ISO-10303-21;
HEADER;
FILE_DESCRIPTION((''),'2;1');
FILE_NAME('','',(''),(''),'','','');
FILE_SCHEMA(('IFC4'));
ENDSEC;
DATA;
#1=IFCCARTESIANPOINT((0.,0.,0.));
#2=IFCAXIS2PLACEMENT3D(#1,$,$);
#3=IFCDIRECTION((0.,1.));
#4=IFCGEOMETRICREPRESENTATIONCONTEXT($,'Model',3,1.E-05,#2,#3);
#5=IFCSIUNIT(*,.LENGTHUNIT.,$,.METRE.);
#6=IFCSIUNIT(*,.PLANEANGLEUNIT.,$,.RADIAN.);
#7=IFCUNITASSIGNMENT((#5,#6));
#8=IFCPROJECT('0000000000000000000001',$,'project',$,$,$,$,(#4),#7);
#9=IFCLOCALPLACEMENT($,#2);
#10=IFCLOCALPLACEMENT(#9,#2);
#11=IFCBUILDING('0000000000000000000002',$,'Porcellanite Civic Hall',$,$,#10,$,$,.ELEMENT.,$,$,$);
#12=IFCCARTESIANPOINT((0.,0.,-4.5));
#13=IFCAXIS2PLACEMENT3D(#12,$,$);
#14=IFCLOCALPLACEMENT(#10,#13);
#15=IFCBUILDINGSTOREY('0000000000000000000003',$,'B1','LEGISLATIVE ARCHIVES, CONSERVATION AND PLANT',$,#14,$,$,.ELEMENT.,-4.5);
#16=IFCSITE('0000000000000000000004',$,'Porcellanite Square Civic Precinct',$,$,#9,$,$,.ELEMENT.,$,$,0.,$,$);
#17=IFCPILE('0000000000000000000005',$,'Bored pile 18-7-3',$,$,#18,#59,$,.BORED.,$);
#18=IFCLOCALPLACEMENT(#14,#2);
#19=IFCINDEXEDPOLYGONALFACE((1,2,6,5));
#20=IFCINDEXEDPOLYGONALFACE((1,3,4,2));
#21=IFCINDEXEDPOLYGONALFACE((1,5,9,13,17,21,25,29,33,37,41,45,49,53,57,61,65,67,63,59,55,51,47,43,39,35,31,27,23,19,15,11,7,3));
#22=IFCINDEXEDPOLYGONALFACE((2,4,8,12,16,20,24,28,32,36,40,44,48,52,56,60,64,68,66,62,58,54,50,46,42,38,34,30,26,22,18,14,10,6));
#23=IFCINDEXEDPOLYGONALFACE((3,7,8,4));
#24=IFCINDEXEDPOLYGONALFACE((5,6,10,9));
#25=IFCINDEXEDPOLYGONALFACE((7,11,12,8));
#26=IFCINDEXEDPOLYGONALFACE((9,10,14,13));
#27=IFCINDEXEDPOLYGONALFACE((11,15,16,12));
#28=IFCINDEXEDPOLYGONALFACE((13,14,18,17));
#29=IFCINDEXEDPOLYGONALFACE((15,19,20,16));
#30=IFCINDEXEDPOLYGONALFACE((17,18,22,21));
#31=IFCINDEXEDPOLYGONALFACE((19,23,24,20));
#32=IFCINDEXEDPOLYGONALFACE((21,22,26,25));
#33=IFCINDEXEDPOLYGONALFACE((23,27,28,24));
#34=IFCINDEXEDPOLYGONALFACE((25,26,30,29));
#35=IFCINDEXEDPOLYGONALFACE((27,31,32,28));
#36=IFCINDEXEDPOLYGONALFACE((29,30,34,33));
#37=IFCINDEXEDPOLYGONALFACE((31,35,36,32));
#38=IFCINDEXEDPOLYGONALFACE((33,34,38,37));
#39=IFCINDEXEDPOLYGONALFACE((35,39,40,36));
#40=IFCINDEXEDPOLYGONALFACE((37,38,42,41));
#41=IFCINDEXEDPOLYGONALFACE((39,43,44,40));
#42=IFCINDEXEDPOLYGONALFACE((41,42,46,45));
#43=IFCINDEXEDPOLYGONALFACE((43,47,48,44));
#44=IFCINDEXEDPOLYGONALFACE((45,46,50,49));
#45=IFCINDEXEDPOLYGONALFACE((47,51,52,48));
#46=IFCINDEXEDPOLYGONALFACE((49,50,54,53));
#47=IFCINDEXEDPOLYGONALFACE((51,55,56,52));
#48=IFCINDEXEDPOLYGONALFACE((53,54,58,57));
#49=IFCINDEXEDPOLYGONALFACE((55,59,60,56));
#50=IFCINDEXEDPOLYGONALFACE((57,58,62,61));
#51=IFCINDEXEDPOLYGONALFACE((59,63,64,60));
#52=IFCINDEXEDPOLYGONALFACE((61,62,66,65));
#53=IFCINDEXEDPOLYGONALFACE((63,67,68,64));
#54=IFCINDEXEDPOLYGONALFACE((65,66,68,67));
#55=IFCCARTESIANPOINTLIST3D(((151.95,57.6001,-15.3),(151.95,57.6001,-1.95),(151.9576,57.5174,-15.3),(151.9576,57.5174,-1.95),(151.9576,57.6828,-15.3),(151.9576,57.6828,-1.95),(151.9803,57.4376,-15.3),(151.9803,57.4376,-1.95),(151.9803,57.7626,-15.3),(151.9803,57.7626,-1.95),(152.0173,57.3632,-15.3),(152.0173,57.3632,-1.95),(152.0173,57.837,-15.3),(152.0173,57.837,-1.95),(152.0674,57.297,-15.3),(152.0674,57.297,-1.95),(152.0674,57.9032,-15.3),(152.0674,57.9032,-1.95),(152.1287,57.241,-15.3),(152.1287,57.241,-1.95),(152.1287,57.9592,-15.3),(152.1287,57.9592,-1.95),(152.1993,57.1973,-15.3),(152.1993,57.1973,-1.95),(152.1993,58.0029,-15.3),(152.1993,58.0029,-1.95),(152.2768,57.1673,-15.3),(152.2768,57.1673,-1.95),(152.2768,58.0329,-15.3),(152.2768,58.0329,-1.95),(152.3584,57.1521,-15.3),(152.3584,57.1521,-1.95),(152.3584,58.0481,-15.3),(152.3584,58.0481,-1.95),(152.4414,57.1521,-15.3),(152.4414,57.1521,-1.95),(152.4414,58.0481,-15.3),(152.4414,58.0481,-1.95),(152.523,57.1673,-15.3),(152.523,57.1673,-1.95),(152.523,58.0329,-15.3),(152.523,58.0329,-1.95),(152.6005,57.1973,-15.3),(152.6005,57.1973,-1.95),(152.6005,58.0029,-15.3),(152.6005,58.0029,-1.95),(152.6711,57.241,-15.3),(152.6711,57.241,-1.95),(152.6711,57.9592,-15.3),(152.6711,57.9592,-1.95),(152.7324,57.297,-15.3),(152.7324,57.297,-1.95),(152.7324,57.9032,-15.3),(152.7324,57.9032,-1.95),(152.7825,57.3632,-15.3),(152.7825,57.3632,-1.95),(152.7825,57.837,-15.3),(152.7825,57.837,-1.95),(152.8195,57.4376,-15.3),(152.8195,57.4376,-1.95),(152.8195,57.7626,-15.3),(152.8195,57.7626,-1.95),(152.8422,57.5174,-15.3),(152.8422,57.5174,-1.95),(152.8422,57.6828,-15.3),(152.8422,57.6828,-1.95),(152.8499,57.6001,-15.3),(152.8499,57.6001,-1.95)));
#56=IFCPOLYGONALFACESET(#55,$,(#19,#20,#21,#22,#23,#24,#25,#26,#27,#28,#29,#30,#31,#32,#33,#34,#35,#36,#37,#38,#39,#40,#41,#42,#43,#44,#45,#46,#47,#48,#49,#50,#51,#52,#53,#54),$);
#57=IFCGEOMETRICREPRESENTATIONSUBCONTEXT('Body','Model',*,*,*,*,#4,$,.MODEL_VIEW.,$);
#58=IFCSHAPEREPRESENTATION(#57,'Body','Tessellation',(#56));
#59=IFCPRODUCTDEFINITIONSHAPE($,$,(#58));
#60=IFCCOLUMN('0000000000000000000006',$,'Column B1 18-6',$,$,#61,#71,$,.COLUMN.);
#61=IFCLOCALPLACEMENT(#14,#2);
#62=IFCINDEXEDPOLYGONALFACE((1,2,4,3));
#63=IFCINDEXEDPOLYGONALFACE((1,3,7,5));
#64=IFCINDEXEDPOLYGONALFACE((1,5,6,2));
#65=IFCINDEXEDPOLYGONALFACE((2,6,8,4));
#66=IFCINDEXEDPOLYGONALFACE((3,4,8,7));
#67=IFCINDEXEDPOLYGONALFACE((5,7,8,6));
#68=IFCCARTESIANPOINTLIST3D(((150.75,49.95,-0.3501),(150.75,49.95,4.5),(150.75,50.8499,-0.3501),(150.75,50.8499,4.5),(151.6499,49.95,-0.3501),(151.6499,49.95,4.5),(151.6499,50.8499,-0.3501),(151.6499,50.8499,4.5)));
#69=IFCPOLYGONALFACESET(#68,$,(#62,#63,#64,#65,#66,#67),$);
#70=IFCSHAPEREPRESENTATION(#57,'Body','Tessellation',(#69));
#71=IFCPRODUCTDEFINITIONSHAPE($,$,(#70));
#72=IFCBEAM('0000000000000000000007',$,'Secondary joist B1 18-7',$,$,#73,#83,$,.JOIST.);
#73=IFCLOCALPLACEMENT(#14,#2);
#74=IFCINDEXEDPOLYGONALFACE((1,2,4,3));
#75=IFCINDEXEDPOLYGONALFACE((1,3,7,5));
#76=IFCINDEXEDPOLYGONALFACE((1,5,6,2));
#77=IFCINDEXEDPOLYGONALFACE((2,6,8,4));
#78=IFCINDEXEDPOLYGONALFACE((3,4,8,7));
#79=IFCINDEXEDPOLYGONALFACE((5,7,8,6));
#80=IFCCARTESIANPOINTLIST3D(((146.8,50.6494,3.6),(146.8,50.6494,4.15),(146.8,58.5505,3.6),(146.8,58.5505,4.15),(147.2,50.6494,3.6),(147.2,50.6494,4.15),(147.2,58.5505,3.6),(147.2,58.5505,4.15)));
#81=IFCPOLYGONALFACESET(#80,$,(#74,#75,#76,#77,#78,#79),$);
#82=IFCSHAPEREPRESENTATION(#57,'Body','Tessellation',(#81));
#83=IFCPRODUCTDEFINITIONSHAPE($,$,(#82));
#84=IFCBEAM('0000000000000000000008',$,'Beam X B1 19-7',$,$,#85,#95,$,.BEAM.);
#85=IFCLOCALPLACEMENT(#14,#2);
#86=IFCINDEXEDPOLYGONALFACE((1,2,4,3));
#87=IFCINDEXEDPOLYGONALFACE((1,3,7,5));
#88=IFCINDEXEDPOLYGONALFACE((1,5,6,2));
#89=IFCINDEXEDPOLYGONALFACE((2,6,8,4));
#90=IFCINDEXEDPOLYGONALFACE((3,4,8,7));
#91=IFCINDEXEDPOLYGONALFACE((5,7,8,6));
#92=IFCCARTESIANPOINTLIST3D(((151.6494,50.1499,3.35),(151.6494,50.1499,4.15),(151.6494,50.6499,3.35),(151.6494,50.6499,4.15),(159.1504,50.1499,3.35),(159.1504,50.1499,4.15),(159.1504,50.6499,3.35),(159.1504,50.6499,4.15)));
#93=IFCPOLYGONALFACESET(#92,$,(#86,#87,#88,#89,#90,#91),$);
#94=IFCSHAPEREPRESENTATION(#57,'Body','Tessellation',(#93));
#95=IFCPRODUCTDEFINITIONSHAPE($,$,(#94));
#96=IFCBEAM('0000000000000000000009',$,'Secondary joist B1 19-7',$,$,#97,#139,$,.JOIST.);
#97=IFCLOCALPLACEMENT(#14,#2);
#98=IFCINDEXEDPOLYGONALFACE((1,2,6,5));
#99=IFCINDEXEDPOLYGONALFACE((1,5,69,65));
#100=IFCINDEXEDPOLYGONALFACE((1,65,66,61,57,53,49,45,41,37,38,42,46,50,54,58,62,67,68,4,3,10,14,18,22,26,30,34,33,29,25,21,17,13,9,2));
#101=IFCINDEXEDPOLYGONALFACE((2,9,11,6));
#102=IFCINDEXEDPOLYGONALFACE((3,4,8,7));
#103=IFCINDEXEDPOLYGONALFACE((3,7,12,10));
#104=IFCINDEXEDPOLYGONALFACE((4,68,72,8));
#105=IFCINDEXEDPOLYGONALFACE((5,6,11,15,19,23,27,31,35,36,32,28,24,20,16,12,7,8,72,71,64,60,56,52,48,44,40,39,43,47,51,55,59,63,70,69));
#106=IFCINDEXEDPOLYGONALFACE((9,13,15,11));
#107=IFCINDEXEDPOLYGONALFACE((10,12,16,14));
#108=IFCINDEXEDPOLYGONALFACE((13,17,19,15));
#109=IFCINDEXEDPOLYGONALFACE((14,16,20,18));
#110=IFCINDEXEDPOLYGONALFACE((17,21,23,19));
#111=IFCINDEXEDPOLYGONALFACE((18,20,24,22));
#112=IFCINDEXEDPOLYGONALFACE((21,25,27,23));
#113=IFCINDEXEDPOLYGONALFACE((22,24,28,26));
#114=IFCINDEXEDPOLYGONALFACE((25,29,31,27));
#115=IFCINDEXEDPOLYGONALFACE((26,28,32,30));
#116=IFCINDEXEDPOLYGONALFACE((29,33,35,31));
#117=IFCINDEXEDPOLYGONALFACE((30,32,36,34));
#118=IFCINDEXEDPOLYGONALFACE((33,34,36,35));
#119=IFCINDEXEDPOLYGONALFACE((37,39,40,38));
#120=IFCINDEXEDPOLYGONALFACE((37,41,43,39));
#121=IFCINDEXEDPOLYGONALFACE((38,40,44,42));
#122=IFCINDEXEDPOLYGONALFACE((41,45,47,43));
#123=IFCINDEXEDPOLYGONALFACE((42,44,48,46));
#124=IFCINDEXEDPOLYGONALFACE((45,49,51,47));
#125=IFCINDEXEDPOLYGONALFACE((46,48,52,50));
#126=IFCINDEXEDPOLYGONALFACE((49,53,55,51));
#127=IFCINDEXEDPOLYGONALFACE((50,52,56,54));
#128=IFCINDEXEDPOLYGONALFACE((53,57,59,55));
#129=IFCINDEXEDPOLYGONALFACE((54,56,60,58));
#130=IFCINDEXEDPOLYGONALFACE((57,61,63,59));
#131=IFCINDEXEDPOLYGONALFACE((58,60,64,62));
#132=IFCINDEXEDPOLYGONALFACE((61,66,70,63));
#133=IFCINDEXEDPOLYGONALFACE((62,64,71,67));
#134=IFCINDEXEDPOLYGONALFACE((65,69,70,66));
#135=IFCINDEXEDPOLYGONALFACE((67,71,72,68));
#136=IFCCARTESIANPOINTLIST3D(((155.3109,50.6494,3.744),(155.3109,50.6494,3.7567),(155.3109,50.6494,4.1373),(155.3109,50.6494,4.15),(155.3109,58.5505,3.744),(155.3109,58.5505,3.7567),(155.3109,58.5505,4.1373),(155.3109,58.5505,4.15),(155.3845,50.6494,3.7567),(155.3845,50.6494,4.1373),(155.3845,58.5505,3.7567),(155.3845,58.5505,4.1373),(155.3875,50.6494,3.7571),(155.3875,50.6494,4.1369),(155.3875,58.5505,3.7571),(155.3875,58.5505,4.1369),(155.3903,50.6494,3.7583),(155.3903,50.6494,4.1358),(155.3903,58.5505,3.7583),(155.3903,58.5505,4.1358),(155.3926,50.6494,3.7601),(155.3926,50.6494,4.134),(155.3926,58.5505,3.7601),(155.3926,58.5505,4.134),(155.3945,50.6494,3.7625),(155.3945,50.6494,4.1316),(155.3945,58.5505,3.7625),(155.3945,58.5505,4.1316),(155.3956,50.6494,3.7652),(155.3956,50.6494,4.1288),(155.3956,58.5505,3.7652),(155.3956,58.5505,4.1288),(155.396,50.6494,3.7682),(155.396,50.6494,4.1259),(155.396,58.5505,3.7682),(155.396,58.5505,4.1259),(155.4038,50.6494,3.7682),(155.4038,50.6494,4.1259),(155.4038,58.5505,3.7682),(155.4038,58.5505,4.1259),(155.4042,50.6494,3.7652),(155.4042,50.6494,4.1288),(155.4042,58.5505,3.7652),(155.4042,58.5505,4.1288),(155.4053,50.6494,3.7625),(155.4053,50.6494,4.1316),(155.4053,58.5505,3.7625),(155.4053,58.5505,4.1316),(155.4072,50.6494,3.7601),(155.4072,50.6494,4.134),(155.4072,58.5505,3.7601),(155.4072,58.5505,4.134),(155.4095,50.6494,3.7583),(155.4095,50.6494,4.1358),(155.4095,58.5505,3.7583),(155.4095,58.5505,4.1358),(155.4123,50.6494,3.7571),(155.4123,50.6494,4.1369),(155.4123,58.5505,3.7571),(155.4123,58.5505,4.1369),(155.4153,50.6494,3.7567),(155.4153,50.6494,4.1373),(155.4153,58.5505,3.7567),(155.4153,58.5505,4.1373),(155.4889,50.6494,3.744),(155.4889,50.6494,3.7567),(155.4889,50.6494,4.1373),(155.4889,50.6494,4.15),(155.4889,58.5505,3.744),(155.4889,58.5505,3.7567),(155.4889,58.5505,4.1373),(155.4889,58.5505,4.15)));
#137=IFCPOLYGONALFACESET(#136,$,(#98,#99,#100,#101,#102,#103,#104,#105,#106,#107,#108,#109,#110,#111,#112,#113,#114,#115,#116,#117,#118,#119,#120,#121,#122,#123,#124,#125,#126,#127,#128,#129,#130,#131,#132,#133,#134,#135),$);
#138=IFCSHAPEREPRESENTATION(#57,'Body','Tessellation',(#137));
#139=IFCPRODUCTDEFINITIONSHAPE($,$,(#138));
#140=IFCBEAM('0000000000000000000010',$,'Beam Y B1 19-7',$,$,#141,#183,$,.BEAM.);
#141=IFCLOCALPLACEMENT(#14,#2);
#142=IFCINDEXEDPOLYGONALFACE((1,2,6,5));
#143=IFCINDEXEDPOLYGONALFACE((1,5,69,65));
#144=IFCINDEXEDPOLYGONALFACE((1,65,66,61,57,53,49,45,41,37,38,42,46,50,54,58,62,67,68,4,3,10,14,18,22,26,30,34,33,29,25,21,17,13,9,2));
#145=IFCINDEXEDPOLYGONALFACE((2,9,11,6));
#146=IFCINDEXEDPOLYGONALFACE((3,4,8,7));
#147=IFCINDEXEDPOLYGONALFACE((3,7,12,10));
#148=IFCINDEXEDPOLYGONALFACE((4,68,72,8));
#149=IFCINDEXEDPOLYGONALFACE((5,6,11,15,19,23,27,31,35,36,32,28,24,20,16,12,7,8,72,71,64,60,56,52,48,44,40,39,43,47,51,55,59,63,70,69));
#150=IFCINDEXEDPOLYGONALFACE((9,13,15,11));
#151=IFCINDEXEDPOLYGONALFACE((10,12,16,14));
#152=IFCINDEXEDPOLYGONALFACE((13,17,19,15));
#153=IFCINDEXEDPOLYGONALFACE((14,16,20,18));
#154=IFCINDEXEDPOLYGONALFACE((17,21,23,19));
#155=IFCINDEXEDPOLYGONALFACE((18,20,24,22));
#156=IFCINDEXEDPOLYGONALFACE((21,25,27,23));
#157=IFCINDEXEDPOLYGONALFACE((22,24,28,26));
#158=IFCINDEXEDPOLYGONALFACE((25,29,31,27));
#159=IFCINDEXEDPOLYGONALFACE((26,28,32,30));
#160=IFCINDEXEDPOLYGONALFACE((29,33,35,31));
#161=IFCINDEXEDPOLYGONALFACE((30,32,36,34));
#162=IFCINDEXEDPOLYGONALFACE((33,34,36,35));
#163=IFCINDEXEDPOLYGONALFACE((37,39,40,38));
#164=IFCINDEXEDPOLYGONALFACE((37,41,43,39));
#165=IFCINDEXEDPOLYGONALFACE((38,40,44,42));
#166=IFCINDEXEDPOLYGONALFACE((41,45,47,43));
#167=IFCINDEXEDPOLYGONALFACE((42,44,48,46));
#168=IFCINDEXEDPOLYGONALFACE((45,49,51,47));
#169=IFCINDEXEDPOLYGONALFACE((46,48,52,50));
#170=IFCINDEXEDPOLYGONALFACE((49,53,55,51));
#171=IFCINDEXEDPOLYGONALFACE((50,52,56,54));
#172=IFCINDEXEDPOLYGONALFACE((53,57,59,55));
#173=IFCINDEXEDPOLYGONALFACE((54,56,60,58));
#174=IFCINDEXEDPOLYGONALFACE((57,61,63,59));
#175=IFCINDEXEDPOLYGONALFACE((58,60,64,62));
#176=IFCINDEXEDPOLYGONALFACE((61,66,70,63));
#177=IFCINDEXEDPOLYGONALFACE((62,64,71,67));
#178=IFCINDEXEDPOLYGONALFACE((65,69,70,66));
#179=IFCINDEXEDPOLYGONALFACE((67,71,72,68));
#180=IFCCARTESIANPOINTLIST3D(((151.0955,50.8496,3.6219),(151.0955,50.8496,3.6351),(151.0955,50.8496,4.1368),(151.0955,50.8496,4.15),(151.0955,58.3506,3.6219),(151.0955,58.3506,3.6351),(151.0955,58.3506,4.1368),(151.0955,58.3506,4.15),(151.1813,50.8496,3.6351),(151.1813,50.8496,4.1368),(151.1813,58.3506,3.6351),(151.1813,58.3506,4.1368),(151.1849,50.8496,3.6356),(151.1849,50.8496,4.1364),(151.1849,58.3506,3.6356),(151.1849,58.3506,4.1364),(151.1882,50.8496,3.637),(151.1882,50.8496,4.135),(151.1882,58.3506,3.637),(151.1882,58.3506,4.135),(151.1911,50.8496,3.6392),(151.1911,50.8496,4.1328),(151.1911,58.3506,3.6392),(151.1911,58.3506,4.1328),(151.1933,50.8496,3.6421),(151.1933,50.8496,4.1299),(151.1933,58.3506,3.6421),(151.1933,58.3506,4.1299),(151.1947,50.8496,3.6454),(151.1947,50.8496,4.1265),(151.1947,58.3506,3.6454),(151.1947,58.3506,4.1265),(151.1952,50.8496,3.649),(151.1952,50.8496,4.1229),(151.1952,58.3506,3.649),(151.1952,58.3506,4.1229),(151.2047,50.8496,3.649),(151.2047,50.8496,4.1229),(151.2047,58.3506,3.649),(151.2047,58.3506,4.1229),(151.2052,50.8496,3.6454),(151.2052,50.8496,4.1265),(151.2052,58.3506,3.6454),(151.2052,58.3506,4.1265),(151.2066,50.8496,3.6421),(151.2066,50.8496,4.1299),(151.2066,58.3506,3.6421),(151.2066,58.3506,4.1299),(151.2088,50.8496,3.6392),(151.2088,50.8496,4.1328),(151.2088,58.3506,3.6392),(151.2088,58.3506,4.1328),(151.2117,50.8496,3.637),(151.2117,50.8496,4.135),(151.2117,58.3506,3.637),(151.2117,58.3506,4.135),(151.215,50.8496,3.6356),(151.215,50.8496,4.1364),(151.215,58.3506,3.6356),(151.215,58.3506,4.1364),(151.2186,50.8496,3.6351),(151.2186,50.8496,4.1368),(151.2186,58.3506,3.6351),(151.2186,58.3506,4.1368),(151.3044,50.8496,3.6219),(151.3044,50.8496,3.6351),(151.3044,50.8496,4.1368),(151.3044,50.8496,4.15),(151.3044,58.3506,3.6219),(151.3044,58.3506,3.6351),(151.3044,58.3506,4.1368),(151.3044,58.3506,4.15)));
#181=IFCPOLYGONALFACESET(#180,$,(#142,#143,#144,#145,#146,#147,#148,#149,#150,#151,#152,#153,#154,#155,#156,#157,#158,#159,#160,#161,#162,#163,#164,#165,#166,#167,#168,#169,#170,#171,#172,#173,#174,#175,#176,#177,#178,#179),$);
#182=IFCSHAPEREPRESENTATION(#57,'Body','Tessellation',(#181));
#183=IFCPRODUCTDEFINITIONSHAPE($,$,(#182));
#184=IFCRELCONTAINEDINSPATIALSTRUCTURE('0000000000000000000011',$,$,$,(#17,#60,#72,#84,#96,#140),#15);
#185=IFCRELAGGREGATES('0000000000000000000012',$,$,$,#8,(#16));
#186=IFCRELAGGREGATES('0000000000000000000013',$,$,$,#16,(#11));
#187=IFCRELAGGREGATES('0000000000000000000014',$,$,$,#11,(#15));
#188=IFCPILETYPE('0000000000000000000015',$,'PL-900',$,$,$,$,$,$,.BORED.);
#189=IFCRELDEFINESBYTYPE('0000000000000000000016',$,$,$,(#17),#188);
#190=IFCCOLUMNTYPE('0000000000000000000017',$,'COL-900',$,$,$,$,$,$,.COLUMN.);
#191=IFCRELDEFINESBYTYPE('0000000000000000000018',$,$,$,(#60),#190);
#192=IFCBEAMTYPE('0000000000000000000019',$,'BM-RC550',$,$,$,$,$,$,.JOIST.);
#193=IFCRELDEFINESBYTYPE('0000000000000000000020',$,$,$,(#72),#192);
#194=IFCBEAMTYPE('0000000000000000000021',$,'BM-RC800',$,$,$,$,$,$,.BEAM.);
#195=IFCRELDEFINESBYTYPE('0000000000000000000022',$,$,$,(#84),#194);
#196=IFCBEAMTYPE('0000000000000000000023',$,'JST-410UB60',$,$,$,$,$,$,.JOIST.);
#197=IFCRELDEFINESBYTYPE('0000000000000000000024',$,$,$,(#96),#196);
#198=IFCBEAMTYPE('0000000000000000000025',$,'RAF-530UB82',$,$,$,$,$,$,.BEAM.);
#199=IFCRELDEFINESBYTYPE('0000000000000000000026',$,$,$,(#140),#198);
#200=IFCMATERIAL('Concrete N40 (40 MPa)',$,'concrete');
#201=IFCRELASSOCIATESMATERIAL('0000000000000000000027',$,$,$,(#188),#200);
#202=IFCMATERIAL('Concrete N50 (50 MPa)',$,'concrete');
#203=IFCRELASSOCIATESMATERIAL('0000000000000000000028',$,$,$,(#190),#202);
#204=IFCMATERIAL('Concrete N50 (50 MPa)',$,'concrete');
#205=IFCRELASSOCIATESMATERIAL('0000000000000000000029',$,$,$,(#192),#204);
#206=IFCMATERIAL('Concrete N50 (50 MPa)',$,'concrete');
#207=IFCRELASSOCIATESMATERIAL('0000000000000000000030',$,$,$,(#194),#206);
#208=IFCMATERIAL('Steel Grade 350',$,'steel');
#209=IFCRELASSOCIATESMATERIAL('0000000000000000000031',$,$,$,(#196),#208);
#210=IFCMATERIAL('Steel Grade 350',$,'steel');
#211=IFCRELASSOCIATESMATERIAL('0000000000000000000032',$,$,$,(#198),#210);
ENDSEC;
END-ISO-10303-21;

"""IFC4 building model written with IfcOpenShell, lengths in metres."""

from ifc_helpers import new_model, si_unit, direction, frame, origin, origin_2d, place, context, subcontext, project, spatial, rectangle, circle, i_section, extrude, material, material_profile, profile_set, type_object, element, save


model = new_model("IFC4")

# Units and contexts
model_context = context("Model", 3, precision=1e-05, world=origin(), true_north=direction((0.0, 1.0)))
body_context = subcontext(model_context, "Body", "Model", "MODEL_VIEW")
ifc_project = project(units=[si_unit("LENGTHUNIT", "METRE"), si_unit("PLANEANGLEUNIT", "RADIAN")], contexts=[model_context])

# Site, building, storey
site_placement = place(None, origin())
site = spatial("IfcSite", under=ifc_project, at=site_placement, Name="Porcellanite Square Civic Precinct", CompositionType="ELEMENT", RefElevation=0.0)
building_placement = place(site_placement, origin())
building = spatial("IfcBuilding", under=site, at=building_placement, Name="Porcellanite Civic Hall", CompositionType="ELEMENT")
storey_placement = place(building_placement, frame((0.0, 0.0, -4.5)))
storey = spatial("IfcBuildingStorey", under=building, at=storey_placement, Name="B1", Description="LEGISLATIVE ARCHIVES, CONSERVATION AND PLANT", CompositionType="ELEMENT", Elevation=-4.5)

# Pile
ifc_material_1 = material(Name="Concrete N40 (40 MPa)", Category="concrete")
ifc_material_profile_1 = material_profile(ifc_material_1, circle(Radius=0.45, at=origin_2d()), Name="PILE-D900")
ifc_profile_set_1 = profile_set([ifc_material_profile_1], Name="Concrete N40 (40 MPa)")
pile_type_1 = type_object("IfcPileType", Name="PL-900", PredefinedType="BORED", material=ifc_profile_set_1)
for number, where, z_axis, x_axis, name in (
    (1, (152.3999, 57.6001, -1.95), (0.0, 0.0, -1.0), (1.0, 0.0, 0.0), "Bored pile 18-7-3"),
):
    element("IfcPile", number, at=place(storey_placement, frame(where, z_axis=z_axis, x_axis=x_axis)), inside=storey, type_object=pile_type_1, Name=name, PredefinedType="BORED", context=body_context, shape_type="SweptSolid", body=[
        extrude(circle(Radius=0.45, at=origin_2d()), origin(), (0.0, 0.0, 1.0), 13.3501),
    ])

# Column
ifc_material_2 = material(Name="Concrete N50 (50 MPa)", Category="concrete")
ifc_material_profile_2 = material_profile(ifc_material_2, rectangle(XDim=0.8999, YDim=0.8999, at=origin_2d()), Name="RC-900x900")
ifc_profile_set_2 = profile_set([ifc_material_profile_2], Name="Concrete N50 (50 MPa)")
column_type = type_object("IfcColumnType", Name="COL-900", PredefinedType="COLUMN", material=ifc_profile_set_2)
column_placement = place(storey_placement, frame((151.2, 50.3999, -0.3501), z_axis=(0.0, 0.0, 1.0), x_axis=(1.0, 0.0, 0.0)))
element("IfcColumn", 2, at=column_placement, inside=storey, type_object=column_type, Name="Column B1 18-6", PredefinedType="COLUMN", context=body_context, shape_type="SweptSolid", body=[
    extrude(rectangle(XDim=0.8999, YDim=0.8999, at=origin_2d()), origin(), (0.0, 0.0, 1.0), 4.8501),
])

# Beams
ifc_material_3 = material(Name="Concrete N50 (50 MPa)", Category="concrete")
ifc_material_profile_3 = material_profile(ifc_material_3, rectangle(XDim=0.3999, YDim=0.55, at=origin_2d()), Name="RC-400x550")
ifc_profile_set_3 = profile_set([ifc_material_profile_3], Name="Concrete N50 (50 MPa)")
beam_type_1 = type_object("IfcBeamType", Name="BM-RC550", PredefinedType="JOIST", material=ifc_profile_set_3)
beam_1_placement = place(storey_placement, frame((147.0, 50.6494, 3.875), z_axis=(0.0, 1.0, 0.0), x_axis=(-1.0, 0.0, 0.0)))
element("IfcBeam", 3, at=beam_1_placement, inside=storey, type_object=beam_type_1, Name="Secondary joist B1 18-7", PredefinedType="JOIST", context=body_context, shape_type="SweptSolid", body=[
    extrude(rectangle(XDim=0.3999, YDim=0.55, at=origin_2d()), origin(), (0.0, 0.0, 1.0), 7.9011),
])
ifc_material_4 = material(Name="Concrete N50 (50 MPa)", Category="concrete")
ifc_material_profile_4 = material_profile(ifc_material_4, rectangle(XDim=0.5, YDim=0.8, at=origin_2d()), Name="RC-500x800")
ifc_profile_set_4 = profile_set([ifc_material_profile_4], Name="Concrete N50 (50 MPa)")
beam_type_2 = type_object("IfcBeamType", Name="BM-RC800", PredefinedType="BEAM", material=ifc_profile_set_4)
beam_2_placement = place(storey_placement, frame((151.6494, 50.3999, 3.75), z_axis=(1.0, 0.0, 0.0), x_axis=(0.0, 1.0, 0.0)))
element("IfcBeam", 4, at=beam_2_placement, inside=storey, type_object=beam_type_2, Name="Beam X B1 19-7", PredefinedType="BEAM", context=body_context, shape_type="SweptSolid", body=[
    extrude(rectangle(XDim=0.5, YDim=0.8, at=origin_2d()), origin(), (0.0, 0.0, 1.0), 7.501),
])
ifc_material_5 = material(Name="Steel Grade 350", Category="steel")
ifc_material_profile_5 = material_profile(ifc_material_5, i_section(OverallWidth=0.178, OverallDepth=0.406, WebThickness=0.0078, FlangeThickness=0.0127, FilletRadius=0.0115, at=origin_2d()), Name="410UB59.7")
ifc_profile_set_5 = profile_set([ifc_material_profile_5], Name="Steel Grade 350")
beam_type_3 = type_object("IfcBeamType", Name="JST-410UB60", PredefinedType="JOIST", material=ifc_profile_set_5)
beam_3_placement = place(storey_placement, frame((155.3999, 50.6494, 3.947), z_axis=(0.0, 1.0, 0.0), x_axis=(-1.0, 0.0, 0.0)))
element("IfcBeam", 5, at=beam_3_placement, inside=storey, type_object=beam_type_3, Name="Secondary joist B1 19-7", PredefinedType="JOIST", context=body_context, shape_type="SweptSolid", body=[
    extrude(i_section(OverallWidth=0.178, OverallDepth=0.406, WebThickness=0.0078, FlangeThickness=0.0127, FilletRadius=0.0115, at=origin_2d()), origin(), (0.0, 0.0, 1.0), 7.9011),
])
ifc_material_6 = material(Name="Steel Grade 350", Category="steel")
ifc_material_profile_6 = material_profile(ifc_material_6, i_section(OverallWidth=0.209, OverallDepth=0.5281, WebThickness=0.0095, FlangeThickness=0.0132, FilletRadius=0.0139, at=origin_2d()), Name="530UB82.0")
ifc_profile_set_6 = profile_set([ifc_material_profile_6], Name="Steel Grade 350")
beam_type_4 = type_object("IfcBeamType", Name="RAF-530UB82", PredefinedType="BEAM", material=ifc_profile_set_6)
beam_4_placement = place(storey_placement, frame((151.2, 50.8496, 3.886), z_axis=(0.0, 1.0, 0.0), x_axis=(-1.0, 0.0, 0.0)))
element("IfcBeam", 6, at=beam_4_placement, inside=storey, type_object=beam_type_4, Name="Beam Y B1 19-7", PredefinedType="BEAM", context=body_context, shape_type="SweptSolid", body=[
    extrude(i_section(OverallWidth=0.209, OverallDepth=0.5281, WebThickness=0.0095, FlangeThickness=0.0132, FilletRadius=0.0139, at=origin_2d()), origin(), (0.0, 0.0, 1.0), 7.501),
])

save(model, "model.ifc")
